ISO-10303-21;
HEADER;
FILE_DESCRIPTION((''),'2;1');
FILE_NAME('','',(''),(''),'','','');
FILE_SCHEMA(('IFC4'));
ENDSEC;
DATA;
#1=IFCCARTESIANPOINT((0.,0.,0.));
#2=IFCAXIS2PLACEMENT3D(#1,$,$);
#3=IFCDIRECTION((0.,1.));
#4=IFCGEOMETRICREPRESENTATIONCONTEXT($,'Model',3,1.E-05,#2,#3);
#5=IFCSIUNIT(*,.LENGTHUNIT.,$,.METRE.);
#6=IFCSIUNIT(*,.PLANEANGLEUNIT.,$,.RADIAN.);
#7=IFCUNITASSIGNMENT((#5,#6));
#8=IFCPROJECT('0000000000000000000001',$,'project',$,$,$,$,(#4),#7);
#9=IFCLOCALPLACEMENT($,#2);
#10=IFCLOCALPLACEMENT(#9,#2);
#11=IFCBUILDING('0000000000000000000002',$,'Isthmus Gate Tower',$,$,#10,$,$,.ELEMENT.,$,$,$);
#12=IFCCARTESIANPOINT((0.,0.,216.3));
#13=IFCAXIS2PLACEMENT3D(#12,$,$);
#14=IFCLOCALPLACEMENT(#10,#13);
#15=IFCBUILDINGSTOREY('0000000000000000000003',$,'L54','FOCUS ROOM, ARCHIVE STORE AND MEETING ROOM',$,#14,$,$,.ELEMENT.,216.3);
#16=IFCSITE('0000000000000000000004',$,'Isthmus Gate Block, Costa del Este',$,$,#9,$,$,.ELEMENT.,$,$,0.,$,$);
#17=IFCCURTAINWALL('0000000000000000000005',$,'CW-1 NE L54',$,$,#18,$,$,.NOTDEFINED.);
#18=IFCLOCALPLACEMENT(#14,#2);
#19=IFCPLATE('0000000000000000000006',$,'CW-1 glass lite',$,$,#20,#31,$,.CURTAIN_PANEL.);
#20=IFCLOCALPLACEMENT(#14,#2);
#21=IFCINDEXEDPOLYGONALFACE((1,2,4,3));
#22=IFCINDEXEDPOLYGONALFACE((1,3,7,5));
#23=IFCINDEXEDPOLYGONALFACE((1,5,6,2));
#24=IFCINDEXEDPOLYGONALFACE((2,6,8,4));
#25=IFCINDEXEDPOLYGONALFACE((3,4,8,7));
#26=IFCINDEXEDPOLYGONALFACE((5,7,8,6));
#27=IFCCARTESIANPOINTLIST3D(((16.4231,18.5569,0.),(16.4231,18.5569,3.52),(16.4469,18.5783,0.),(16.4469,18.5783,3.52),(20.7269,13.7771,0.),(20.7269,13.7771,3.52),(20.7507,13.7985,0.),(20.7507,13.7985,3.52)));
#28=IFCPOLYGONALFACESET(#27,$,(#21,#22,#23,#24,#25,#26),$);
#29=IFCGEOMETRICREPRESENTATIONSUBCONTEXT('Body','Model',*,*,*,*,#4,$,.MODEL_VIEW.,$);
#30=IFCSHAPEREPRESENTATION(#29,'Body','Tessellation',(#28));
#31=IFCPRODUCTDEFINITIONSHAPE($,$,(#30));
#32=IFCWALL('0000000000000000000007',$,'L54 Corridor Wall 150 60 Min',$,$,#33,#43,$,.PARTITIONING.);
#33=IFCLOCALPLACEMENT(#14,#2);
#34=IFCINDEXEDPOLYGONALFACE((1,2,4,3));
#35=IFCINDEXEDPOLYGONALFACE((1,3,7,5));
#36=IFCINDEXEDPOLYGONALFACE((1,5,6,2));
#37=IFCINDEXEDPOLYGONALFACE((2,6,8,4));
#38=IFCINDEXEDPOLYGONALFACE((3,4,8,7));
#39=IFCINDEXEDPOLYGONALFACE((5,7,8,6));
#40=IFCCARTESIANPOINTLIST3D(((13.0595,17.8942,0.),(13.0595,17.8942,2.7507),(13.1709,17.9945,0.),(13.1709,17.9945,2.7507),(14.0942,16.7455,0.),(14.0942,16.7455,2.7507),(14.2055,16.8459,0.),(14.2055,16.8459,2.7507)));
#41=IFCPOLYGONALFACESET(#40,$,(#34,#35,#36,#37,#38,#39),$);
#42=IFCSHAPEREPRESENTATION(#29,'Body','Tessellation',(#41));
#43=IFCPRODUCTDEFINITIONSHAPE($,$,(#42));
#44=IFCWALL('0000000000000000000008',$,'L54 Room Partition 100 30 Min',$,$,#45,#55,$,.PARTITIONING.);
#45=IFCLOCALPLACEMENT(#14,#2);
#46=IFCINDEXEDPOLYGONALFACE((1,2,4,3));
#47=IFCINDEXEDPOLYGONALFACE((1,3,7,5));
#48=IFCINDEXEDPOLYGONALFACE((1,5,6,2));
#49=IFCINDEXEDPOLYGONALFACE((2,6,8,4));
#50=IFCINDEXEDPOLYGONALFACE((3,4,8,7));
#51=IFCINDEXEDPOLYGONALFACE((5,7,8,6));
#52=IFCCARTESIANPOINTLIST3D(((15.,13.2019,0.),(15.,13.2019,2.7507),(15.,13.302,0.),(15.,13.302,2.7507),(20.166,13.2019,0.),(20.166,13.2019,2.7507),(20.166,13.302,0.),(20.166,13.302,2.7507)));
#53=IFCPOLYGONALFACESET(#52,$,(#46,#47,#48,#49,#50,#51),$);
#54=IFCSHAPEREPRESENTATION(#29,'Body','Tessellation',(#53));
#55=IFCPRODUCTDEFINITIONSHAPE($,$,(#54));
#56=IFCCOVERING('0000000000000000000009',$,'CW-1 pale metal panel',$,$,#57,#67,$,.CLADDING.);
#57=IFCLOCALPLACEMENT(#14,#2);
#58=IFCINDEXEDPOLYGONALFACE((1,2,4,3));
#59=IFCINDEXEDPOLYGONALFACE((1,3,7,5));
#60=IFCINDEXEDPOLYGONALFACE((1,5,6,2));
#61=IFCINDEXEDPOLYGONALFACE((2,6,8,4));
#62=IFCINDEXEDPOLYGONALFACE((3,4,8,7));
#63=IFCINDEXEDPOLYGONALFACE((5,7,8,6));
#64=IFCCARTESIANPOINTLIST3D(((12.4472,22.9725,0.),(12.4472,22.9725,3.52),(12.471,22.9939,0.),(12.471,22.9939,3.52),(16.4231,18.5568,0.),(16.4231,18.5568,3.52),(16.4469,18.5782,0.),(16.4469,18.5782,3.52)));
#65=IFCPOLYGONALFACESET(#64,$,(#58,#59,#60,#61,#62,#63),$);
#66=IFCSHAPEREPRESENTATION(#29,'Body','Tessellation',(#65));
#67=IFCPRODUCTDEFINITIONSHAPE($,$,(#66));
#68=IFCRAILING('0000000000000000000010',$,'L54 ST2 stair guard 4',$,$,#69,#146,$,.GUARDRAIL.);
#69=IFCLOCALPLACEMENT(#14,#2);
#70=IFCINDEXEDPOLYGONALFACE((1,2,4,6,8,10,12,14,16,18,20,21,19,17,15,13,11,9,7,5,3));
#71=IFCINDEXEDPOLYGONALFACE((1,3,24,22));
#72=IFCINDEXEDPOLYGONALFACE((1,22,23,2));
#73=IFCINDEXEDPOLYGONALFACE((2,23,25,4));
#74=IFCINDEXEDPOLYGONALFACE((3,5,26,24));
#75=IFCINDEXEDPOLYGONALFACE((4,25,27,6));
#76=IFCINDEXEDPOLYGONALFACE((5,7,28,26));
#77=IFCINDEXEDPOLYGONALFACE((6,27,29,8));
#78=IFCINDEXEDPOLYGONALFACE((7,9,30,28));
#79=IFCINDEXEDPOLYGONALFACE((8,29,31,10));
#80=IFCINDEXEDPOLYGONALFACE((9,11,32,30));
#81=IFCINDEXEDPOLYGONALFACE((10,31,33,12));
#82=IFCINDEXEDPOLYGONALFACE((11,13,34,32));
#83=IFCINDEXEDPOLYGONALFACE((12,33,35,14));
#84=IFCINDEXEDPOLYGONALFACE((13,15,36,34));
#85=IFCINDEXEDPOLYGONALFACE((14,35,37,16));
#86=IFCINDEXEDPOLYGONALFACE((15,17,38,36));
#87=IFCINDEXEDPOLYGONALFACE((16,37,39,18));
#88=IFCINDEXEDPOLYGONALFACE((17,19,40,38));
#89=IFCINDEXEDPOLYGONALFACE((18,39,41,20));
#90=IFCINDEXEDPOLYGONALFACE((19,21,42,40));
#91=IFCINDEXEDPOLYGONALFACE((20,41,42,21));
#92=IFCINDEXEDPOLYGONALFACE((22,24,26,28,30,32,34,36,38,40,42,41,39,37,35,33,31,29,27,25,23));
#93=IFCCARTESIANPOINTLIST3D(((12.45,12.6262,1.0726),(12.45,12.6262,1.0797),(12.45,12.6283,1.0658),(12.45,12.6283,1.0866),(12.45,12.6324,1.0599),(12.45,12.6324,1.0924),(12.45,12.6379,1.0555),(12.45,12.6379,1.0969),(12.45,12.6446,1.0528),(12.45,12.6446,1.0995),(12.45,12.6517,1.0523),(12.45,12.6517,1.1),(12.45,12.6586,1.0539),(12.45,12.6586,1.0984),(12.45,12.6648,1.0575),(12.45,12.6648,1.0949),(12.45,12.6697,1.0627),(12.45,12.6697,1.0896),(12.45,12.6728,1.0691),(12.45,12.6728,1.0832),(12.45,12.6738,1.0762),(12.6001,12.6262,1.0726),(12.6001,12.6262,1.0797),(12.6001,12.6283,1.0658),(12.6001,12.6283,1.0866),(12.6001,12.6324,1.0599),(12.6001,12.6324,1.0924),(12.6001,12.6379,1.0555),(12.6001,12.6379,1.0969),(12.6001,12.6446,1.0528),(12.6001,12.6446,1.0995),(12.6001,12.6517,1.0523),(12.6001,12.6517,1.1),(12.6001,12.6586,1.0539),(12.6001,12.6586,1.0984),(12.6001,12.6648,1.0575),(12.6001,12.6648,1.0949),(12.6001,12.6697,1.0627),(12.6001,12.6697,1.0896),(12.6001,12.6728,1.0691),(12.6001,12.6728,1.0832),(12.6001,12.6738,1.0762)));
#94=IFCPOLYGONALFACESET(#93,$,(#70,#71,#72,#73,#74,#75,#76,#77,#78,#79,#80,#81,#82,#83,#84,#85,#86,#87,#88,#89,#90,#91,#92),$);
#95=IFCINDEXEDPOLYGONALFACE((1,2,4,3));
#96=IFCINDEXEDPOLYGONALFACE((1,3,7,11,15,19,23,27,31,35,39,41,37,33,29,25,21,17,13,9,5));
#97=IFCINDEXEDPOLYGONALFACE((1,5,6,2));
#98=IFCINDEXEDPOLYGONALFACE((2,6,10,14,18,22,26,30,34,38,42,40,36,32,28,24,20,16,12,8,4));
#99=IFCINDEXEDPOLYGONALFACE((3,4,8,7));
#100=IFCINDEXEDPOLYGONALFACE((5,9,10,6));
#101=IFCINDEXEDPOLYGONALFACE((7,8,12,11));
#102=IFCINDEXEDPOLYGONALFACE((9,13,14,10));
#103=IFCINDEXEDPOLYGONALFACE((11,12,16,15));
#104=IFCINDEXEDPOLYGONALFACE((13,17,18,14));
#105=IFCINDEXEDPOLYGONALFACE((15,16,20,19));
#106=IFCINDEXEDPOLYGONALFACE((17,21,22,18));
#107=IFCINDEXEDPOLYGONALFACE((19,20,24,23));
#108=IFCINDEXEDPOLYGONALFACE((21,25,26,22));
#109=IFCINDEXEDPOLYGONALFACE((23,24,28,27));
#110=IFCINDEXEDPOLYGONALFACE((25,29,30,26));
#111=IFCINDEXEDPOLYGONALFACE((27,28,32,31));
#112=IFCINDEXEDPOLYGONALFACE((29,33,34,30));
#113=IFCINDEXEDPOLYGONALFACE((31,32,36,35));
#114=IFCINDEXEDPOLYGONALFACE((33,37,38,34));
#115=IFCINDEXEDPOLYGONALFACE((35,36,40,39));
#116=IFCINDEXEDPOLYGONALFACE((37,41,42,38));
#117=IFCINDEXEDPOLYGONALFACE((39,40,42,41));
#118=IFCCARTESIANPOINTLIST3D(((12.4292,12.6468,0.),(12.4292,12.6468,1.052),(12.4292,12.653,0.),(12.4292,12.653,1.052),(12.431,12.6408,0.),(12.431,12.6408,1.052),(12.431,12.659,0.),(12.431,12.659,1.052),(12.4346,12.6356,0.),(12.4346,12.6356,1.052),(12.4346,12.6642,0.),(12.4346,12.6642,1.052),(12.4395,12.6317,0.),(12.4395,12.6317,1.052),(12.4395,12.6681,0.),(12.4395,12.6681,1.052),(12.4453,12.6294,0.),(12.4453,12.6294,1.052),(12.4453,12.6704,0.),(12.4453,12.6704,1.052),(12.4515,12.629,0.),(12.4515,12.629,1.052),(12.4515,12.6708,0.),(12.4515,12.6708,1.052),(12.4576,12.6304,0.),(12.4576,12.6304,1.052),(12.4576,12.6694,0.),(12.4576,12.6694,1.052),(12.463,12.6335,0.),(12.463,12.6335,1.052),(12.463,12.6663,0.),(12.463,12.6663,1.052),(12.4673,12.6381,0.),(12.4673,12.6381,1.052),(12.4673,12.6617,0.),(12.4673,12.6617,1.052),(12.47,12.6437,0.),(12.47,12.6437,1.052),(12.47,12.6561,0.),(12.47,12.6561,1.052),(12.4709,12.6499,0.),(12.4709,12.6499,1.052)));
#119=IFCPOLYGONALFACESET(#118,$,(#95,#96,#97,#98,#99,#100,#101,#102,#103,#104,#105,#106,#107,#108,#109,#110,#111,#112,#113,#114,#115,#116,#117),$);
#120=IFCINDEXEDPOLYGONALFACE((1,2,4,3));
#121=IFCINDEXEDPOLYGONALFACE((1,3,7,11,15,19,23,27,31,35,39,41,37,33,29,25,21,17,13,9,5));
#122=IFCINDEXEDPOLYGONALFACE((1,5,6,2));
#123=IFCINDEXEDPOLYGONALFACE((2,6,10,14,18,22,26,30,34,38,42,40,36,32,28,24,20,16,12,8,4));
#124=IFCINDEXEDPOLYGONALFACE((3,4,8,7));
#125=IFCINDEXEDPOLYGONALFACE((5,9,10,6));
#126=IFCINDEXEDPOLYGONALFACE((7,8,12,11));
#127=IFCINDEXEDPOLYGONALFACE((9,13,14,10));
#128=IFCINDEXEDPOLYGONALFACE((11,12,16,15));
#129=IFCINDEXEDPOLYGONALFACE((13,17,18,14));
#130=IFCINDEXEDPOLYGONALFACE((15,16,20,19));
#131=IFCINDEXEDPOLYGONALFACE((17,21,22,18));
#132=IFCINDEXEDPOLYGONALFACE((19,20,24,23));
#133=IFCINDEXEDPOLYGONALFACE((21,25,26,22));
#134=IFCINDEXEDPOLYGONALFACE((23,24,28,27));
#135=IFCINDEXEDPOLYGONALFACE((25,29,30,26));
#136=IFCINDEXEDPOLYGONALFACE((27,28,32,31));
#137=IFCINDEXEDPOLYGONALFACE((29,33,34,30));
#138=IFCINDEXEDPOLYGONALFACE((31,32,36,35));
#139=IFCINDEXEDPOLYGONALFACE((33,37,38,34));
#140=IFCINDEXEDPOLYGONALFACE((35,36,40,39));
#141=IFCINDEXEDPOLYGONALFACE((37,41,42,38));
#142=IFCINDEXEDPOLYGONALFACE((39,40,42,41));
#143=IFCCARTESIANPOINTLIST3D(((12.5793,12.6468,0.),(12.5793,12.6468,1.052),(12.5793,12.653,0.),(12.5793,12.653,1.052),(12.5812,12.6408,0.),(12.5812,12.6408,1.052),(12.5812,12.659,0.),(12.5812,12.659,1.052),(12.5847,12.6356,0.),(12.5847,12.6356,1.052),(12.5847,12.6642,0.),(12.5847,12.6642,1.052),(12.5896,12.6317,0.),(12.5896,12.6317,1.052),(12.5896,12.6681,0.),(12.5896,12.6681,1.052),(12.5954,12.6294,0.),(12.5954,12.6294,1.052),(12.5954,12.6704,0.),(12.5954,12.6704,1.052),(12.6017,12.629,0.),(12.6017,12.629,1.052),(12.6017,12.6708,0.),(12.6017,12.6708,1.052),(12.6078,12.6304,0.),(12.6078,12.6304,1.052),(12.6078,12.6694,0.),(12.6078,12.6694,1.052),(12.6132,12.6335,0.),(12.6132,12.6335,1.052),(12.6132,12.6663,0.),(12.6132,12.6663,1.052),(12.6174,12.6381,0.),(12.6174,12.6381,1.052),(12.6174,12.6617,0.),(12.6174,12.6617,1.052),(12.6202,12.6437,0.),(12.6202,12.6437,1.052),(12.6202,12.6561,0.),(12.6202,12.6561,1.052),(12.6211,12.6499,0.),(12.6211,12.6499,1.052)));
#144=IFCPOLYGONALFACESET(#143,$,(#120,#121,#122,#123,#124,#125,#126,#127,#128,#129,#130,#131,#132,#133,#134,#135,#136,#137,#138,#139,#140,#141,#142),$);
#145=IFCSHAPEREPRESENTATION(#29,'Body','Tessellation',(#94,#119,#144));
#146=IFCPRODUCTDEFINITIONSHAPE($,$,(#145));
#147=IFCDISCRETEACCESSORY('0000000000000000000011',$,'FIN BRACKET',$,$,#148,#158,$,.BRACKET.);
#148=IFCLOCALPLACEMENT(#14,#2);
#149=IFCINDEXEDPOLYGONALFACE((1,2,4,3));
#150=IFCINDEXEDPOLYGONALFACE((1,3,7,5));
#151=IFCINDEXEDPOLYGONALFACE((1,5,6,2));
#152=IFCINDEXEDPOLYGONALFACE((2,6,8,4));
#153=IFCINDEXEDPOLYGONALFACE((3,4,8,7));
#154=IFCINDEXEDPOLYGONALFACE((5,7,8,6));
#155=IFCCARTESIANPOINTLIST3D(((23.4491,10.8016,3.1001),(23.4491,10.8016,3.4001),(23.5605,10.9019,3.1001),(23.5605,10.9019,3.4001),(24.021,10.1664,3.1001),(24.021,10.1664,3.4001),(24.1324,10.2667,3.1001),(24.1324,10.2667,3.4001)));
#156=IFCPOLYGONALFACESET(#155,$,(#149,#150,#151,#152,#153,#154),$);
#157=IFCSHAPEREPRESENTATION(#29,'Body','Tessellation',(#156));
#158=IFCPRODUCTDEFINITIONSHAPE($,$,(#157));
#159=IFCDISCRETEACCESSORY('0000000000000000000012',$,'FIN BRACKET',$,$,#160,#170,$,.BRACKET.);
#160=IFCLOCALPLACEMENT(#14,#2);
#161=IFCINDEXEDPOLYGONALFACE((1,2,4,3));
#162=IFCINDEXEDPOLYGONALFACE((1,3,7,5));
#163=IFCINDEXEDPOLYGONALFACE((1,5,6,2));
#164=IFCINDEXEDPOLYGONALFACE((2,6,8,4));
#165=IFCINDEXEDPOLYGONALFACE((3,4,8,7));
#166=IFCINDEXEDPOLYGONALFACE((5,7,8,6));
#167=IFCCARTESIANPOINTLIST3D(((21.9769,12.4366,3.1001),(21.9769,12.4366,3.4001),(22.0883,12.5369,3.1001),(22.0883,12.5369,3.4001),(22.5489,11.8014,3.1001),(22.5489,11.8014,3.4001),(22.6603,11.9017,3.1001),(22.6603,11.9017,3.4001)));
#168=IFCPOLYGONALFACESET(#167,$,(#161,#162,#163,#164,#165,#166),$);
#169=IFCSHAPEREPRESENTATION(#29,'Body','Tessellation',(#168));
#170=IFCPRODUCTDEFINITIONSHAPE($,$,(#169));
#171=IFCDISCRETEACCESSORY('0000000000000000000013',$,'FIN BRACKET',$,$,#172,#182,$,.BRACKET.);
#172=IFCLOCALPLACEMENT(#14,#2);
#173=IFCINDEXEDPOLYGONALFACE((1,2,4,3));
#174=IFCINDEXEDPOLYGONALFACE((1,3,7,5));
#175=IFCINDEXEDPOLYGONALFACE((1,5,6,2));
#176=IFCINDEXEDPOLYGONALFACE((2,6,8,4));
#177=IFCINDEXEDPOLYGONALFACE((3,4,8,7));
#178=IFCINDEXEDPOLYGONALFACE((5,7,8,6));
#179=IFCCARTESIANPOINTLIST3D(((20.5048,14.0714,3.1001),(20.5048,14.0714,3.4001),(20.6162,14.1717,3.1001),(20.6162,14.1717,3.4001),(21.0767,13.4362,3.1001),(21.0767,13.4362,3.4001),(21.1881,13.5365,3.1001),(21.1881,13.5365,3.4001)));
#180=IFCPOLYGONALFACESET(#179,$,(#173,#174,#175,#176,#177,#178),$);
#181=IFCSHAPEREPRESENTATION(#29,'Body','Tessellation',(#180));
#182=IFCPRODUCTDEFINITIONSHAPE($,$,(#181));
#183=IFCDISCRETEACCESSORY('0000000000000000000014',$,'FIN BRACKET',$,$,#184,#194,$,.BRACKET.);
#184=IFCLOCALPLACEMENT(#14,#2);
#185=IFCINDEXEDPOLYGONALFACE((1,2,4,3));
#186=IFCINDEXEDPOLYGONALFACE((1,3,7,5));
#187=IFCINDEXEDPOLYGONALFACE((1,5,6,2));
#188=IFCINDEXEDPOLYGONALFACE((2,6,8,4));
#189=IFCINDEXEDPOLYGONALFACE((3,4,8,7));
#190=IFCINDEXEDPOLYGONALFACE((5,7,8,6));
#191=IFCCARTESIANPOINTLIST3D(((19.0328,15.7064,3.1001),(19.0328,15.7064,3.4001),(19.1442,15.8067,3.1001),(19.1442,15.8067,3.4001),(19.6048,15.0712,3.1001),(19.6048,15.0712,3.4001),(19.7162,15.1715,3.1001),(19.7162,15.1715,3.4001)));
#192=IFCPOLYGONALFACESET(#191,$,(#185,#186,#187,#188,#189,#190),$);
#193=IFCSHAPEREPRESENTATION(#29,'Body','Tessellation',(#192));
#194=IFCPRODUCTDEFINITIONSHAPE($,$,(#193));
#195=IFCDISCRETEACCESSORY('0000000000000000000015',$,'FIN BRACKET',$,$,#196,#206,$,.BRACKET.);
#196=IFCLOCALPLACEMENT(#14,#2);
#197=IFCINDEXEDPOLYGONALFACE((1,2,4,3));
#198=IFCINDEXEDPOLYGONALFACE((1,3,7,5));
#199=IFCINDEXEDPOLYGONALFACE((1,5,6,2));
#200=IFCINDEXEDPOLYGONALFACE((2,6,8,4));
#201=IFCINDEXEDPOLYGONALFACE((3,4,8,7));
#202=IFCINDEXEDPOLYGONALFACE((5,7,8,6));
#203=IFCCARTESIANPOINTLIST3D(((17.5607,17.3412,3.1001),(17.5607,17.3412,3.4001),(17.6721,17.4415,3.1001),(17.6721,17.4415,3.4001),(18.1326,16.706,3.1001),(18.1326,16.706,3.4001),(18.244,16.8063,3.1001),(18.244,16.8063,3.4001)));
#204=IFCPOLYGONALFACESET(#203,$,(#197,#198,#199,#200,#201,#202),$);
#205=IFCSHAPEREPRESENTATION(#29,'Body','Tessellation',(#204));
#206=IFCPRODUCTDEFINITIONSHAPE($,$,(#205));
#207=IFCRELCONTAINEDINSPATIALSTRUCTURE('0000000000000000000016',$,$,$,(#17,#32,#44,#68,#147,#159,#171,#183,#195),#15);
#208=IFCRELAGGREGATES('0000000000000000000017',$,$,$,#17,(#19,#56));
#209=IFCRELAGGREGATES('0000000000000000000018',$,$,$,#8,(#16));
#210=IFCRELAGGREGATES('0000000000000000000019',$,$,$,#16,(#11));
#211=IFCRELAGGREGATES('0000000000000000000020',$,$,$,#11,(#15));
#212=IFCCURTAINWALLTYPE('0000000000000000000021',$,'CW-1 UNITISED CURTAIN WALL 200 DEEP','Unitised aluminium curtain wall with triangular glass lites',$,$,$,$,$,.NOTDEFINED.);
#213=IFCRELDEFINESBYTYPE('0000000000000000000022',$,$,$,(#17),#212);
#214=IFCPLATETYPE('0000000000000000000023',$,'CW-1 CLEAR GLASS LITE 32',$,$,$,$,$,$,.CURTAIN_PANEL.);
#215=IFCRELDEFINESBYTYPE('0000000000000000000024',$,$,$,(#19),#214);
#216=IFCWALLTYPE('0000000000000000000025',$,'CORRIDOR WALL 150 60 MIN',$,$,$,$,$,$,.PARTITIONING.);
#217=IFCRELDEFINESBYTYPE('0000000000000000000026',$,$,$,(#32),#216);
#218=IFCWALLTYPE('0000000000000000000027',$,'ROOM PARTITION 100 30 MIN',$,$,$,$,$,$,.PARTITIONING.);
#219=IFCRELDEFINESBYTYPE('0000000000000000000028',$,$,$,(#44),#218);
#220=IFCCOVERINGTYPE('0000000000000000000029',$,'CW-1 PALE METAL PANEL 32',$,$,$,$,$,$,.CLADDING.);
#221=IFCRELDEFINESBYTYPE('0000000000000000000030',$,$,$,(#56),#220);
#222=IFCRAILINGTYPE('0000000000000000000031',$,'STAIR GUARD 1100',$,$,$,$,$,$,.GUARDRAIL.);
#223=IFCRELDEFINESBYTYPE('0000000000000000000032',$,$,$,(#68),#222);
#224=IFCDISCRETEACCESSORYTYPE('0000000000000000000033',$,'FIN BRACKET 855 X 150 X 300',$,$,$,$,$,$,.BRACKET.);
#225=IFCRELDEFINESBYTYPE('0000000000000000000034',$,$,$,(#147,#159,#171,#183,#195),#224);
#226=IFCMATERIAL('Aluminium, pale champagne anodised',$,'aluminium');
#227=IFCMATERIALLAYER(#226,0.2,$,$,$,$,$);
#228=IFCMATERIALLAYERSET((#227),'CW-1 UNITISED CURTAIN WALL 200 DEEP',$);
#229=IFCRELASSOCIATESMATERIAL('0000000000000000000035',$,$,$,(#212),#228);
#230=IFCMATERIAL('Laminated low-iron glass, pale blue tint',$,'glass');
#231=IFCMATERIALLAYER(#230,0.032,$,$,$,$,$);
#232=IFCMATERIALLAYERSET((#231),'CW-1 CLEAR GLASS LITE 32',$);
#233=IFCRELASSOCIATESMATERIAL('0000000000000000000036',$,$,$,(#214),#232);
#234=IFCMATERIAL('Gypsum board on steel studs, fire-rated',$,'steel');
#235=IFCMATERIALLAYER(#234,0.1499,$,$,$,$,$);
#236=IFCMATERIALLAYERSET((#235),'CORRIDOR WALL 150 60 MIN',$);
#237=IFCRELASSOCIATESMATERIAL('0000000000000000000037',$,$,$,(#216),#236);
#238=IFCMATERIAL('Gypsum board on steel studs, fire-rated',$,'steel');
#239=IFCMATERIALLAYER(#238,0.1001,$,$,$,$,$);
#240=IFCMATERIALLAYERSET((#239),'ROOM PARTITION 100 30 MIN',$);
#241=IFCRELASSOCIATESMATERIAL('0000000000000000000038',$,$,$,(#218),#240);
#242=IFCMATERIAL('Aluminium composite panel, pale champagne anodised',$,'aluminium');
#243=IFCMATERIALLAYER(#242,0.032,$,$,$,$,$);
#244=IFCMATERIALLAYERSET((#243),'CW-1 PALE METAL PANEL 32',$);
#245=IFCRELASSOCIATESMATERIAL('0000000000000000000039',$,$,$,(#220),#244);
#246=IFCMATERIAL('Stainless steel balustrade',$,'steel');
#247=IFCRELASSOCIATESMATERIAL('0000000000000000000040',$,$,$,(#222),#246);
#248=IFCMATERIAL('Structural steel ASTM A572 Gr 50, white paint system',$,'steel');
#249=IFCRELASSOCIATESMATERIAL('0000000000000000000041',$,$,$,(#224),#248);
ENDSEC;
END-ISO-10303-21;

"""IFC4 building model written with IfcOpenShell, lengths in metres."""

from ifc_helpers import new_model, si_unit, direction, frame, frame_2d, origin, origin_2d, place, context, subcontext, project, spatial, rectangle, circle, extrude, material, layer, layer_set, type_object, element, aggregate, save


model = new_model("IFC4")

# Units and contexts
model_context = context("Model", 3, precision=1e-05, world=origin(), true_north=direction((0.0, 1.0)))
body_context = subcontext(model_context, "Body", "Model", "MODEL_VIEW")
ifc_project = project(units=[si_unit("LENGTHUNIT", "METRE"), si_unit("PLANEANGLEUNIT", "RADIAN")], contexts=[model_context])

# Site, building, storey
site_placement = place(None, origin())
site = spatial("IfcSite", under=ifc_project, at=site_placement, Name="Isthmus Gate Block, Costa del Este", CompositionType="ELEMENT", RefElevation=0.0)
building_placement = place(site_placement, origin())
building = spatial("IfcBuilding", under=site, at=building_placement, Name="Isthmus Gate Tower", CompositionType="ELEMENT")
storey_placement = place(building_placement, frame((0.0, 0.0, 216.3)))
storey = spatial("IfcBuildingStorey", under=building, at=storey_placement, Name="L54", Description="FOCUS ROOM, ARCHIVE STORE AND MEETING ROOM", CompositionType="ELEMENT", Elevation=216.3)

# Curtain wall
ifc_material_1 = material(Name="Aluminium, pale champagne anodised", Category="aluminium")
ifc_layer_1 = layer(ifc_material_1, 0.2)
ifc_layer_set_1 = layer_set([ifc_layer_1], Name="CW-1 UNITISED CURTAIN WALL 200 DEEP")
curtain_wall_type = type_object("IfcCurtainWallType", Name="CW-1 UNITISED CURTAIN WALL 200 DEEP", Description="Unitised aluminium curtain wall with triangular glass lites", PredefinedType="NOTDEFINED", material=ifc_layer_set_1)
curtain_wall_placement = place(storey_placement, origin())
curtain_wall = element("IfcCurtainWall", 1, at=curtain_wall_placement, inside=storey, type_object=curtain_wall_type, Name="CW-1 NE L54", PredefinedType="NOTDEFINED")

# Plate
ifc_material_2 = material(Name="Laminated low-iron glass, pale blue tint", Category="glass")
ifc_layer_2 = layer(ifc_material_2, 0.032)
ifc_layer_set_2 = layer_set([ifc_layer_2], Name="CW-1 CLEAR GLASS LITE 32")
plate_type = type_object("IfcPlateType", Name="CW-1 CLEAR GLASS LITE 32", PredefinedType="CURTAIN_PANEL", material=ifc_layer_set_2)
plate_1_placement = place(storey_placement, frame((18.5869, 16.1777, 0.0), z_axis=(0.0, 0.0, 1.0), x_axis=(-0.669131, 0.743145, 0.0)))
plate_1 = element("IfcPlate", 2, at=plate_1_placement, type_object=plate_type, Name="CW-1 glass lite", PredefinedType="CURTAIN_PANEL", context=body_context, shape_type="SweptSolid", body=[
    extrude(rectangle(XDim=6.4319, YDim=0.032, at=origin_2d()), origin(), (0.0, 0.0, 1.0), 3.52),
])

# Walls
ifc_material_3 = material(Name="Gypsum board on steel studs, fire-rated", Category="steel")
ifc_layer_3 = layer(ifc_material_3, 0.1499)
ifc_layer_set_3 = layer_set([ifc_layer_3], Name="CORRIDOR WALL 150 60 MIN")
wall_type_1 = type_object("IfcWallType", Name="CORRIDOR WALL 150 60 MIN", PredefinedType="PARTITIONING", material=ifc_layer_set_3)
wall_1_placement = place(storey_placement, frame((13.1152, 17.9443, 0.0), z_axis=(0.0, 0.0, 1.0), x_axis=(0.66927, -0.743019, 0.0)))
element("IfcWall", 3, at=wall_1_placement, inside=storey, type_object=wall_type_1, Name="L54 Corridor Wall 150 60 Min", PredefinedType="PARTITIONING", context=body_context, shape_type="SweptSolid", body=[
    extrude(rectangle(XDim=1.5459, YDim=0.1499, at=frame_2d((0.7729, 0.0))), origin(), (0.0, 0.0, 1.0), 2.7507),
])
ifc_material_4 = material(Name="Gypsum board on steel studs, fire-rated", Category="steel")
ifc_layer_4 = layer(ifc_material_4, 0.1001)
ifc_layer_set_4 = layer_set([ifc_layer_4], Name="ROOM PARTITION 100 30 MIN")
wall_type_2 = type_object("IfcWallType", Name="ROOM PARTITION 100 30 MIN", PredefinedType="PARTITIONING", material=ifc_layer_set_4)
wall_2_placement = place(storey_placement, frame((15.0, 13.252, 0.0), z_axis=(0.0, 0.0, 1.0), x_axis=(1.0, 0.0, 0.0)))
element("IfcWall", 4, at=wall_2_placement, inside=storey, type_object=wall_type_2, Name="L54 Room Partition 100 30 Min", PredefinedType="PARTITIONING", context=body_context, shape_type="SweptSolid", body=[
    extrude(rectangle(XDim=5.166, YDim=0.1001, at=frame_2d((2.583, 0.0))), origin(), (0.0, 0.0, 1.0), 2.7507),
])

# Covering
ifc_material_5 = material(Name="Aluminium composite panel, pale champagne anodised", Category="aluminium")
ifc_layer_5 = layer(ifc_material_5, 0.032)
ifc_layer_set_5 = layer_set([ifc_layer_5], Name="CW-1 PALE METAL PANEL 32")
covering_type = type_object("IfcCoveringType", Name="CW-1 PALE METAL PANEL 32", PredefinedType="CLADDING", material=ifc_layer_set_5)
covering_placement = place(storey_placement, frame((14.447, 20.7754, 0.0), z_axis=(0.0, 0.0, 1.0), x_axis=(-0.669131, 0.743145, 0.0)))
covering = element("IfcCovering", 5, at=covering_placement, type_object=covering_type, Name="CW-1 pale metal panel", PredefinedType="CLADDING", context=body_context, shape_type="SweptSolid", body=[
    extrude(rectangle(XDim=5.9419, YDim=0.032, at=origin_2d()), origin(), (0.0, 0.0, 1.0), 3.52),
])
aggregate(curtain_wall, [plate_1, covering])

# Railing
ifc_material_6 = material(Name="Stainless steel balustrade", Category="steel")
railing_type = type_object("IfcRailingType", Name="STAIR GUARD 1100", PredefinedType="GUARDRAIL", material=ifc_material_6)
railing_placement = place(storey_placement, frame((12.45, 12.6499, 0.0)))
element("IfcRailing", 6, at=railing_placement, inside=storey, type_object=railing_type, Name="L54 ST2 stair guard 4", PredefinedType="GUARDRAIL", context=body_context, shape_type="SweptSolid", body=[
    extrude(circle(Radius=0.0239, at=origin_2d()), frame((0.0, 0.0, 1.0762), z_axis=(1.0, 0.0, 0.0), x_axis=(0.0, 1.0, 0.0)), (0.0, 0.0, 1.0), 0.1501),
    extrude(circle(Radius=0.021, at=origin_2d()), origin(), (0.0, 0.0, 1.0), 1.052),
    extrude(circle(Radius=0.021, at=origin_2d()), frame((0.1501, 0.0, 0.0)), (0.0, 0.0, 1.0), 1.052),
])

# Discrete accessories
ifc_material_7 = material(Name="Structural steel ASTM A572 Gr 50, white paint system", Category="steel")
discrete_accessory_type = type_object("IfcDiscreteAccessoryType", Name="FIN BRACKET 855 X 150 X 300", PredefinedType="BRACKET", material=ifc_material_7)
for number, where, z_axis, x_axis, name in (
    (7, (23.7908, 10.5342, 3.1001), (0.0, 0.0, 1.0), (0.743145, 0.669131, 0.0), "FIN BRACKET"),
    (8, (22.3186, 12.1692, 3.1001), (0.0, 0.0, 1.0), (0.743145, 0.669131, 0.0), "FIN BRACKET"),
    (9, (20.8464, 13.804, 3.1001), (0.0, 0.0, 1.0), (0.743145, 0.669131, 0.0), "FIN BRACKET"),
    (10, (19.3745, 15.439, 3.1001), (0.0, 0.0, 1.0), (0.743145, 0.669131, 0.0), "FIN BRACKET"),
    (11, (17.9023, 17.0737, 3.1001), (0.0, 0.0, 1.0), (0.743145, 0.669131, 0.0), "FIN BRACKET"),
):
    element("IfcDiscreteAccessory", number, at=place(storey_placement, frame(where, z_axis=z_axis, x_axis=x_axis)), inside=storey, type_object=discrete_accessory_type, Name=name, PredefinedType="BRACKET", context=body_context, shape_type="SweptSolid", body=[
        extrude(rectangle(XDim=0.1499, YDim=0.8547, at=origin_2d()), origin(), (0.0, 0.0, 1.0), 0.3),
    ])

save(model, "model.ifc")
